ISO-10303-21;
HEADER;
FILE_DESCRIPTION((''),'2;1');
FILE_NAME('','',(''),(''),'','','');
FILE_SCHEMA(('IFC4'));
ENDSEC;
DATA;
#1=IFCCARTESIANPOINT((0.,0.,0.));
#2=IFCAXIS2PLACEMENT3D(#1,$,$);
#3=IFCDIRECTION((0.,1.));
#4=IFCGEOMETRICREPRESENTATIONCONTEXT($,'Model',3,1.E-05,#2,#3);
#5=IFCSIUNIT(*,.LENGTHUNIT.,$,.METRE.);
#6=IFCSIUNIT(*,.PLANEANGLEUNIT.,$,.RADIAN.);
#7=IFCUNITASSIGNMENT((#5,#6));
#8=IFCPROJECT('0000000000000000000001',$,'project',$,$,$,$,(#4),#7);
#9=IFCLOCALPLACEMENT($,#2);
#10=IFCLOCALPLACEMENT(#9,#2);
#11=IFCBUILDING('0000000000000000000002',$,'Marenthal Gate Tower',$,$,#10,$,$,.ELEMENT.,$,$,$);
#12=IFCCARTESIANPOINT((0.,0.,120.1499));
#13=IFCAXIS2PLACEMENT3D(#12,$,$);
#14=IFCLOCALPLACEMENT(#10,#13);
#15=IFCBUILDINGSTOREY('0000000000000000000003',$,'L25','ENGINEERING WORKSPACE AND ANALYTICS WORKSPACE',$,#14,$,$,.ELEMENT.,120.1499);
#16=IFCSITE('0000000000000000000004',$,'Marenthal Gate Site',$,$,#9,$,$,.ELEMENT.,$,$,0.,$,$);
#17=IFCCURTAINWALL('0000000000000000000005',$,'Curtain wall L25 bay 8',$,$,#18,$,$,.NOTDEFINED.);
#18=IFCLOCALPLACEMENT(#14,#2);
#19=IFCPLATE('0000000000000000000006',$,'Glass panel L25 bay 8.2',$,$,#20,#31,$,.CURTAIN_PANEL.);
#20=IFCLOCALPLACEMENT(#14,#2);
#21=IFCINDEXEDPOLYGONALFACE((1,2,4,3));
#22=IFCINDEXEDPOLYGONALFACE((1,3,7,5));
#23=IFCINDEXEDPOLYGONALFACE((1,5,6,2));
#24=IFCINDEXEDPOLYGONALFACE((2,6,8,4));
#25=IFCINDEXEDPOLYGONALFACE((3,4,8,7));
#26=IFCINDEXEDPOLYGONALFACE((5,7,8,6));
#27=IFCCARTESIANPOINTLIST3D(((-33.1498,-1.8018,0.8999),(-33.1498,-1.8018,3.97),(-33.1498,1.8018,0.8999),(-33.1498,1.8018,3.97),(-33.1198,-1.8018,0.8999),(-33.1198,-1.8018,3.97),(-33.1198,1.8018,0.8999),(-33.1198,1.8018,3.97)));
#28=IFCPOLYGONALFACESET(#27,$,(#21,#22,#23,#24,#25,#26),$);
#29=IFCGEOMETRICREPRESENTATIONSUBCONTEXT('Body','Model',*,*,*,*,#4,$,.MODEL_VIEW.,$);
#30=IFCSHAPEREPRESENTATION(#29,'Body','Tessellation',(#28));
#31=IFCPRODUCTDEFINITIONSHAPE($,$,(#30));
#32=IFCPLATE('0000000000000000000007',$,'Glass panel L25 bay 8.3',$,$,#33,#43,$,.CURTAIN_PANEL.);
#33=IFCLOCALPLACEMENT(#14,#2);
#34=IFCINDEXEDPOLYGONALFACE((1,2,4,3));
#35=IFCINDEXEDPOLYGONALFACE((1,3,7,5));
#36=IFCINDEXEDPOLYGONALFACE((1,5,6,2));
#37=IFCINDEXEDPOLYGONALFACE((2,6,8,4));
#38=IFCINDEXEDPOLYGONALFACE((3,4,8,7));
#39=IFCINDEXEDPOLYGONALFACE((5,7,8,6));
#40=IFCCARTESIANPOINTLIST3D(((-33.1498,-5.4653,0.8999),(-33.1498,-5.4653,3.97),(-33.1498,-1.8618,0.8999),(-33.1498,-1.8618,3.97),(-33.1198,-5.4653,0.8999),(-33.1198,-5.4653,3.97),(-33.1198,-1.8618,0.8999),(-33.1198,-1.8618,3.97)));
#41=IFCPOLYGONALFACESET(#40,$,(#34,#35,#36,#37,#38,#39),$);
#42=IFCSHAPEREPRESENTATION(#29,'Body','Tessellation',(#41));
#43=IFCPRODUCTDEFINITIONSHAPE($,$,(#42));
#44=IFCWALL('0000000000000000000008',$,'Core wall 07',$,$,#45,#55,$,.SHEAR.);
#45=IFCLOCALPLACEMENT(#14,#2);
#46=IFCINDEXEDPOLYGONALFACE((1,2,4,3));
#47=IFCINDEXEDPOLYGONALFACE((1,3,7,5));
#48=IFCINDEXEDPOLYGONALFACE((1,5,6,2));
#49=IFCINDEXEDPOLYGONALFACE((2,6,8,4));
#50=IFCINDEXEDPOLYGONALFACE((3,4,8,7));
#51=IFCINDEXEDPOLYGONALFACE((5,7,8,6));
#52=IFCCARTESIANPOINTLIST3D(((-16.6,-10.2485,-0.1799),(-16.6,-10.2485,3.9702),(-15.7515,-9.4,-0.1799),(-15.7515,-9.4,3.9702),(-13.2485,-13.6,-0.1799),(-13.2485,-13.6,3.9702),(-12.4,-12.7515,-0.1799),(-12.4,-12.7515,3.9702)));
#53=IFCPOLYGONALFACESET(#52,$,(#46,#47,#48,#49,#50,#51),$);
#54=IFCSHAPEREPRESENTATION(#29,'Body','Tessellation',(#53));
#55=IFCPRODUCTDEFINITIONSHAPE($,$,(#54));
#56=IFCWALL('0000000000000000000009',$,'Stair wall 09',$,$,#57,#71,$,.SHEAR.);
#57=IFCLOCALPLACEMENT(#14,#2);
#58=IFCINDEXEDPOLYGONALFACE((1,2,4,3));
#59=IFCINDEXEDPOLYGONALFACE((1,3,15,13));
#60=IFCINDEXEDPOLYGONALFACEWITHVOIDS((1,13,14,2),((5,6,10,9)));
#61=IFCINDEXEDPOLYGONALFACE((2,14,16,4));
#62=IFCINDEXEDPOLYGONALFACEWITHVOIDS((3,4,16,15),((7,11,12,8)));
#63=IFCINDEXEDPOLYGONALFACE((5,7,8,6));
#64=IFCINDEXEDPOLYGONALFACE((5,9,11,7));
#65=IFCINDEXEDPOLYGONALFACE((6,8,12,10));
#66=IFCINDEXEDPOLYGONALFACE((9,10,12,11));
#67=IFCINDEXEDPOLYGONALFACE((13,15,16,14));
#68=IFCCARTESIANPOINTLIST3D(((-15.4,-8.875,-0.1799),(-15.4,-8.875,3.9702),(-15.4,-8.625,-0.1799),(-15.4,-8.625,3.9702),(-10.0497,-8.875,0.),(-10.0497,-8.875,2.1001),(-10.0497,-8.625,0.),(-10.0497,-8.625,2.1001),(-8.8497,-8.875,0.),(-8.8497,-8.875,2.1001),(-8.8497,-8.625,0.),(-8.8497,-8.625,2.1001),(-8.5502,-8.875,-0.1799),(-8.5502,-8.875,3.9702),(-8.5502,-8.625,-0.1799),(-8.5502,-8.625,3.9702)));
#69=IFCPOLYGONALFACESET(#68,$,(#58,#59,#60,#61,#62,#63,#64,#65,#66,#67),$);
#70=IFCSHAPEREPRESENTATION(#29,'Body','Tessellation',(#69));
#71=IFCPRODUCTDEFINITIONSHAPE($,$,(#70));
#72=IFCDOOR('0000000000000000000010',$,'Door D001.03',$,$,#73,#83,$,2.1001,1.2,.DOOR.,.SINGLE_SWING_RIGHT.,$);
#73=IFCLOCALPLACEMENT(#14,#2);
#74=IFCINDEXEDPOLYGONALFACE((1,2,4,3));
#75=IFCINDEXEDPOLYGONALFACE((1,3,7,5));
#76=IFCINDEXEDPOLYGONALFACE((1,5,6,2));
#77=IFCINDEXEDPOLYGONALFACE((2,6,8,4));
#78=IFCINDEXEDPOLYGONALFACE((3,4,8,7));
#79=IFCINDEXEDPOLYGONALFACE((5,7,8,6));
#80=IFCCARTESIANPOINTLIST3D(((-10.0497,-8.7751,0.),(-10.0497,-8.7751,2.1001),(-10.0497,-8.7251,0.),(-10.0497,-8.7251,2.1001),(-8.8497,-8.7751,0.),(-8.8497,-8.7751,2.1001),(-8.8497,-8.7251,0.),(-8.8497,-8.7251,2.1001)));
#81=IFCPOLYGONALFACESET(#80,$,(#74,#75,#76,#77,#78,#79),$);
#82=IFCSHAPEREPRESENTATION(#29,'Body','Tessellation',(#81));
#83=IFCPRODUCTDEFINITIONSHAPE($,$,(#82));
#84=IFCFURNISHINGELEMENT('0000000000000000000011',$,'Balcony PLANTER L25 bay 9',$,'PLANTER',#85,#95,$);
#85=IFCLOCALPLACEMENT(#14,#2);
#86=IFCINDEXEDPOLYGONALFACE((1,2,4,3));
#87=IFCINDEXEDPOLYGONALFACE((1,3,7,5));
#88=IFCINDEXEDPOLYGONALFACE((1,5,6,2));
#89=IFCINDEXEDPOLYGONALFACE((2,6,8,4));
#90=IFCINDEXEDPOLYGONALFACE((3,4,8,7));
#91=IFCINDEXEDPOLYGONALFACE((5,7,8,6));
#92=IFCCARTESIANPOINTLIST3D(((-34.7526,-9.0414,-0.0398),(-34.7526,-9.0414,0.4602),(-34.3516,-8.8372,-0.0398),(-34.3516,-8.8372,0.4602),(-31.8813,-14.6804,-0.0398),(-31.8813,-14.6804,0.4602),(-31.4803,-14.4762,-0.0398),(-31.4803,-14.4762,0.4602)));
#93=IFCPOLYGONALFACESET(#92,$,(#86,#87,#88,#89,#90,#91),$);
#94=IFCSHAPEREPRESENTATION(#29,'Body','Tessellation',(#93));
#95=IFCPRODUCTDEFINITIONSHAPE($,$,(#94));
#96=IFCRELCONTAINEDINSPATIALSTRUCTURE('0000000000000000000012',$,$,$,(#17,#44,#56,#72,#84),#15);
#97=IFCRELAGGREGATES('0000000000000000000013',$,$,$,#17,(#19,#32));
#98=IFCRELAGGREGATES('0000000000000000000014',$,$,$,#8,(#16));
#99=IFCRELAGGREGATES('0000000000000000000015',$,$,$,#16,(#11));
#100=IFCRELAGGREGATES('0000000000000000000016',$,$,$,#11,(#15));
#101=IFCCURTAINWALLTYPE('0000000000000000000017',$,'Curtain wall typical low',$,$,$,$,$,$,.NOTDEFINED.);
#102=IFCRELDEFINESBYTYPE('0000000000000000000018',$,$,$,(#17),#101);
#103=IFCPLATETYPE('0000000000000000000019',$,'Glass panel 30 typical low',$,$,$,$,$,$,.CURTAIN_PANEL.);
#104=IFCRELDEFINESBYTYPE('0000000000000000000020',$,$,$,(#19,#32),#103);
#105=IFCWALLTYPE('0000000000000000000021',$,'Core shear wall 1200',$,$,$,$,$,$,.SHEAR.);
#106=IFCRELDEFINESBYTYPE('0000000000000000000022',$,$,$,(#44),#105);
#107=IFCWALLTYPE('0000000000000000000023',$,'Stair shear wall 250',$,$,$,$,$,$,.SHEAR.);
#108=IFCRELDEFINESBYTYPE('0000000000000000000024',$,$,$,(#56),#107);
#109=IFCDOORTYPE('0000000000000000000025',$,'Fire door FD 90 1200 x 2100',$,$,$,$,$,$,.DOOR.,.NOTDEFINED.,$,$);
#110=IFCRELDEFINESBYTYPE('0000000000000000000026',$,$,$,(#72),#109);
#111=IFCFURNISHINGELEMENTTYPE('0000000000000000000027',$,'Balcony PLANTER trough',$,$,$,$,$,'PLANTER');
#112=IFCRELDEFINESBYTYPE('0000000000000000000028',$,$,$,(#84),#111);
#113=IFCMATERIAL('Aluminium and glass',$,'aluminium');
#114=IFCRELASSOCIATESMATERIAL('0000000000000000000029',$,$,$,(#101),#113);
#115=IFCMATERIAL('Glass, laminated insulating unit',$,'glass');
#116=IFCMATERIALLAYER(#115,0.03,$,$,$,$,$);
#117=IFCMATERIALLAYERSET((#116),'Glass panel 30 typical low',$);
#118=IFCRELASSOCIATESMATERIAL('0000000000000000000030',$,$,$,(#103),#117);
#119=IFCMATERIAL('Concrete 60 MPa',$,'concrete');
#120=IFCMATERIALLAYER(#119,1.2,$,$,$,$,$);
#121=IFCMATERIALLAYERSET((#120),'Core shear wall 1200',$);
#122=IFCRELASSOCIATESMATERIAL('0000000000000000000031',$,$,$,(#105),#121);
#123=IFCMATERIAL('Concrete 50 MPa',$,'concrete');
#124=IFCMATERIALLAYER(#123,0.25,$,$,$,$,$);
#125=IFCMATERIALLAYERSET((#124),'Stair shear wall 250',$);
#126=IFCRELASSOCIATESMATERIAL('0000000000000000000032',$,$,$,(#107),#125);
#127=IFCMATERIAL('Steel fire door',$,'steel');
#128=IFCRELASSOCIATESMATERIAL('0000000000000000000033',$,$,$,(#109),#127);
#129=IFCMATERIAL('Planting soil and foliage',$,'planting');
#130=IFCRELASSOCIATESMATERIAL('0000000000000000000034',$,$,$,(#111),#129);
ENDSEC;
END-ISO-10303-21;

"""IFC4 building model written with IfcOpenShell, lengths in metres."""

from ifc_helpers import new_model, si_unit, direction, frame, frame_2d, origin, origin_2d, place, context, subcontext, project, spatial, rectangle, extrude, material, layer, layer_set, type_object, element, fill, aggregate, save


model = new_model("IFC4")

# Units and contexts
model_context = context("Model", 3, precision=1e-05, world=origin(), true_north=direction((0.0, 1.0)))
body_context = subcontext(model_context, "Body", "Model", "MODEL_VIEW")
ifc_project = project(units=[si_unit("LENGTHUNIT", "METRE"), si_unit("PLANEANGLEUNIT", "RADIAN")], contexts=[model_context])

# Site, building, storey
site_placement = place(None, origin())
site = spatial("IfcSite", under=ifc_project, at=site_placement, Name="Marenthal Gate Site", CompositionType="ELEMENT", RefElevation=0.0)
building_placement = place(site_placement, origin())
building = spatial("IfcBuilding", under=site, at=building_placement, Name="Marenthal Gate Tower", CompositionType="ELEMENT")
storey_placement = place(building_placement, frame((0.0, 0.0, 120.1499)))
storey = spatial("IfcBuildingStorey", under=building, at=storey_placement, Name="L25", Description="ENGINEERING WORKSPACE AND ANALYTICS WORKSPACE", CompositionType="ELEMENT", Elevation=120.1499)

# Curtain wall
ifc_material_1 = material(Name="Aluminium and glass", Category="aluminium")
curtain_wall_type = type_object("IfcCurtainWallType", Name="Curtain wall typical low", PredefinedType="NOTDEFINED", material=ifc_material_1)
curtain_wall_placement = place(storey_placement, origin())
curtain_wall = element("IfcCurtainWall", 1, at=curtain_wall_placement, inside=storey, type_object=curtain_wall_type, Name="Curtain wall L25 bay 8", PredefinedType="NOTDEFINED")

# Plates
ifc_material_2 = material(Name="Glass, laminated insulating unit", Category="glass")
ifc_layer_1 = layer(ifc_material_2, 0.03)
ifc_layer_set_1 = layer_set([ifc_layer_1], Name="Glass panel 30 typical low")
plate_type = type_object("IfcPlateType", Name="Glass panel 30 typical low", PredefinedType="CURTAIN_PANEL", material=ifc_layer_set_1)
plate_1_placement = place(storey_placement, frame((-33.1348, 0.0, 0.8999), z_axis=(0.0, 0.0, 1.0), x_axis=(0.0, -1.0, 0.0)))
plate_1 = element("IfcPlate", 2, at=plate_1_placement, type_object=plate_type, Name="Glass panel L25 bay 8.2", PredefinedType="CURTAIN_PANEL", context=body_context, shape_type="SweptSolid", body=[
    extrude(rectangle(XDim=3.6035, YDim=0.03, at=origin_2d()), origin(), (0.0, 0.0, 1.0), 3.0701),
])
plate_2_placement = place(storey_placement, frame((-33.1348, -3.6636, 0.8999), z_axis=(0.0, 0.0, 1.0), x_axis=(0.0, -1.0, 0.0)))
plate_2 = element("IfcPlate", 3, at=plate_2_placement, type_object=plate_type, Name="Glass panel L25 bay 8.3", PredefinedType="CURTAIN_PANEL", context=body_context, shape_type="SweptSolid", body=[
    extrude(rectangle(XDim=3.6035, YDim=0.03, at=origin_2d()), origin(), (0.0, 0.0, 1.0), 3.0701),
])
aggregate(curtain_wall, [plate_1, plate_2])

# Wall
ifc_material_3 = material(Name="Concrete 60 MPa", Category="concrete")
ifc_layer_2 = layer(ifc_material_3, 1.2)
ifc_layer_set_2 = layer_set([ifc_layer_2], Name="Core shear wall 1200")
wall_type_1 = type_object("IfcWallType", Name="Core shear wall 1200", PredefinedType="SHEAR", material=ifc_layer_set_2)
wall_1_placement = place(storey_placement, frame((-16.1758, -9.8242, -0.1799), z_axis=(0.0, 0.0, 1.0), x_axis=(0.707107, -0.707107, 0.0)))
element("IfcWall", 4, at=wall_1_placement, inside=storey, type_object=wall_type_1, Name="Core wall 07", PredefinedType="SHEAR", context=body_context, shape_type="SweptSolid", body=[
    extrude(rectangle(XDim=4.7397, YDim=1.2, at=frame_2d((2.3699, 0.0))), origin(), (0.0, 0.0, 1.0), 4.1501),
])

# Wall, opening, door
ifc_material_4 = material(Name="Concrete 50 MPa", Category="concrete")
ifc_layer_3 = layer(ifc_material_4, 0.25)
ifc_layer_set_3 = layer_set([ifc_layer_3], Name="Stair shear wall 250")
wall_type_2 = type_object("IfcWallType", Name="Stair shear wall 250", PredefinedType="SHEAR", material=ifc_layer_set_3)
wall_2_placement = place(storey_placement, frame((-15.3999, -8.75, -0.1799), z_axis=(0.0, 0.0, 1.0), x_axis=(1.0, 0.0, 0.0)))
wall_2 = element("IfcWall", 5, at=wall_2_placement, inside=storey, type_object=wall_type_2, Name="Stair wall 09", PredefinedType="SHEAR", context=body_context, shape_type="SweptSolid", body=[
    extrude(rectangle(XDim=6.8499, YDim=0.25, at=frame_2d((3.4248, 0.0))), origin(), (0.0, 0.0, 1.0), 4.1501),
])
opening_1_placement = place(wall_2_placement, frame((5.3501, 0.0, 0.1799)))
opening_1 = element("IfcOpeningElement", 6, at=opening_1_placement, cuts=wall_2, PredefinedType="OPENING", context=body_context, shape_type="SweptSolid", body=[
    extrude(rectangle(XDim=1.2, YDim=2.1001, at=frame_2d((0.6001, 1.05))), frame((0.0, 0.135, 0.0), z_axis=(0.0, -1.0, 0.0), x_axis=(1.0, 0.0, 0.0)), (0.0, 0.0, 1.0), 0.27),
])
ifc_material_5 = material(Name="Steel fire door", Category="steel")
door_type_1 = type_object("IfcDoorType", Name="Fire door FD 90 1200 x 2100", OperationType="NOTDEFINED", PredefinedType="DOOR", material=ifc_material_5)
door_1_placement = place(opening_1_placement, origin())
door_1 = element("IfcDoor", 7, at=door_1_placement, inside=storey, type_object=door_type_1, Name="Door D001.03", OperationType="SINGLE_SWING_RIGHT", OverallHeight=2.1001, OverallWidth=1.2, PredefinedType="DOOR", context=body_context, shape_type="SweptSolid", body=[
    extrude(rectangle(XDim=1.2, YDim=2.1001, at=frame_2d((0.6001, 1.05))), frame((0.0, 0.0249, 0.0), z_axis=(0.0, -1.0, 0.0), x_axis=(1.0, 0.0, 0.0)), (0.0, 0.0, 1.0), 0.05),
])
fill(opening_1, door_1)

# Furnishing element
ifc_material_6 = material(Name="Planting soil and foliage", Category="planting")
furnishing_element_type = type_object("IfcFurnishingElementType", Name="Balcony PLANTER trough", ElementType="PLANTER", material=ifc_material_6)
furnishing_placement = place(storey_placement, frame((-33.1165, -11.7588, -0.0398), z_axis=(0.0, 0.0, 1.0), x_axis=(0.453749, -0.89113, 0.0)))
element("IfcFurnishingElement", 8, at=furnishing_placement, inside=storey, type_object=furnishing_element_type, Name="Balcony PLANTER L25 bay 9", ObjectType="PLANTER", context=body_context, shape_type="SweptSolid", body=[
    extrude(rectangle(XDim=6.3279, YDim=0.45, at=origin_2d()), origin(), (0.0, 0.0, 1.0), 0.5),
])

save(model, "model.ifc")
